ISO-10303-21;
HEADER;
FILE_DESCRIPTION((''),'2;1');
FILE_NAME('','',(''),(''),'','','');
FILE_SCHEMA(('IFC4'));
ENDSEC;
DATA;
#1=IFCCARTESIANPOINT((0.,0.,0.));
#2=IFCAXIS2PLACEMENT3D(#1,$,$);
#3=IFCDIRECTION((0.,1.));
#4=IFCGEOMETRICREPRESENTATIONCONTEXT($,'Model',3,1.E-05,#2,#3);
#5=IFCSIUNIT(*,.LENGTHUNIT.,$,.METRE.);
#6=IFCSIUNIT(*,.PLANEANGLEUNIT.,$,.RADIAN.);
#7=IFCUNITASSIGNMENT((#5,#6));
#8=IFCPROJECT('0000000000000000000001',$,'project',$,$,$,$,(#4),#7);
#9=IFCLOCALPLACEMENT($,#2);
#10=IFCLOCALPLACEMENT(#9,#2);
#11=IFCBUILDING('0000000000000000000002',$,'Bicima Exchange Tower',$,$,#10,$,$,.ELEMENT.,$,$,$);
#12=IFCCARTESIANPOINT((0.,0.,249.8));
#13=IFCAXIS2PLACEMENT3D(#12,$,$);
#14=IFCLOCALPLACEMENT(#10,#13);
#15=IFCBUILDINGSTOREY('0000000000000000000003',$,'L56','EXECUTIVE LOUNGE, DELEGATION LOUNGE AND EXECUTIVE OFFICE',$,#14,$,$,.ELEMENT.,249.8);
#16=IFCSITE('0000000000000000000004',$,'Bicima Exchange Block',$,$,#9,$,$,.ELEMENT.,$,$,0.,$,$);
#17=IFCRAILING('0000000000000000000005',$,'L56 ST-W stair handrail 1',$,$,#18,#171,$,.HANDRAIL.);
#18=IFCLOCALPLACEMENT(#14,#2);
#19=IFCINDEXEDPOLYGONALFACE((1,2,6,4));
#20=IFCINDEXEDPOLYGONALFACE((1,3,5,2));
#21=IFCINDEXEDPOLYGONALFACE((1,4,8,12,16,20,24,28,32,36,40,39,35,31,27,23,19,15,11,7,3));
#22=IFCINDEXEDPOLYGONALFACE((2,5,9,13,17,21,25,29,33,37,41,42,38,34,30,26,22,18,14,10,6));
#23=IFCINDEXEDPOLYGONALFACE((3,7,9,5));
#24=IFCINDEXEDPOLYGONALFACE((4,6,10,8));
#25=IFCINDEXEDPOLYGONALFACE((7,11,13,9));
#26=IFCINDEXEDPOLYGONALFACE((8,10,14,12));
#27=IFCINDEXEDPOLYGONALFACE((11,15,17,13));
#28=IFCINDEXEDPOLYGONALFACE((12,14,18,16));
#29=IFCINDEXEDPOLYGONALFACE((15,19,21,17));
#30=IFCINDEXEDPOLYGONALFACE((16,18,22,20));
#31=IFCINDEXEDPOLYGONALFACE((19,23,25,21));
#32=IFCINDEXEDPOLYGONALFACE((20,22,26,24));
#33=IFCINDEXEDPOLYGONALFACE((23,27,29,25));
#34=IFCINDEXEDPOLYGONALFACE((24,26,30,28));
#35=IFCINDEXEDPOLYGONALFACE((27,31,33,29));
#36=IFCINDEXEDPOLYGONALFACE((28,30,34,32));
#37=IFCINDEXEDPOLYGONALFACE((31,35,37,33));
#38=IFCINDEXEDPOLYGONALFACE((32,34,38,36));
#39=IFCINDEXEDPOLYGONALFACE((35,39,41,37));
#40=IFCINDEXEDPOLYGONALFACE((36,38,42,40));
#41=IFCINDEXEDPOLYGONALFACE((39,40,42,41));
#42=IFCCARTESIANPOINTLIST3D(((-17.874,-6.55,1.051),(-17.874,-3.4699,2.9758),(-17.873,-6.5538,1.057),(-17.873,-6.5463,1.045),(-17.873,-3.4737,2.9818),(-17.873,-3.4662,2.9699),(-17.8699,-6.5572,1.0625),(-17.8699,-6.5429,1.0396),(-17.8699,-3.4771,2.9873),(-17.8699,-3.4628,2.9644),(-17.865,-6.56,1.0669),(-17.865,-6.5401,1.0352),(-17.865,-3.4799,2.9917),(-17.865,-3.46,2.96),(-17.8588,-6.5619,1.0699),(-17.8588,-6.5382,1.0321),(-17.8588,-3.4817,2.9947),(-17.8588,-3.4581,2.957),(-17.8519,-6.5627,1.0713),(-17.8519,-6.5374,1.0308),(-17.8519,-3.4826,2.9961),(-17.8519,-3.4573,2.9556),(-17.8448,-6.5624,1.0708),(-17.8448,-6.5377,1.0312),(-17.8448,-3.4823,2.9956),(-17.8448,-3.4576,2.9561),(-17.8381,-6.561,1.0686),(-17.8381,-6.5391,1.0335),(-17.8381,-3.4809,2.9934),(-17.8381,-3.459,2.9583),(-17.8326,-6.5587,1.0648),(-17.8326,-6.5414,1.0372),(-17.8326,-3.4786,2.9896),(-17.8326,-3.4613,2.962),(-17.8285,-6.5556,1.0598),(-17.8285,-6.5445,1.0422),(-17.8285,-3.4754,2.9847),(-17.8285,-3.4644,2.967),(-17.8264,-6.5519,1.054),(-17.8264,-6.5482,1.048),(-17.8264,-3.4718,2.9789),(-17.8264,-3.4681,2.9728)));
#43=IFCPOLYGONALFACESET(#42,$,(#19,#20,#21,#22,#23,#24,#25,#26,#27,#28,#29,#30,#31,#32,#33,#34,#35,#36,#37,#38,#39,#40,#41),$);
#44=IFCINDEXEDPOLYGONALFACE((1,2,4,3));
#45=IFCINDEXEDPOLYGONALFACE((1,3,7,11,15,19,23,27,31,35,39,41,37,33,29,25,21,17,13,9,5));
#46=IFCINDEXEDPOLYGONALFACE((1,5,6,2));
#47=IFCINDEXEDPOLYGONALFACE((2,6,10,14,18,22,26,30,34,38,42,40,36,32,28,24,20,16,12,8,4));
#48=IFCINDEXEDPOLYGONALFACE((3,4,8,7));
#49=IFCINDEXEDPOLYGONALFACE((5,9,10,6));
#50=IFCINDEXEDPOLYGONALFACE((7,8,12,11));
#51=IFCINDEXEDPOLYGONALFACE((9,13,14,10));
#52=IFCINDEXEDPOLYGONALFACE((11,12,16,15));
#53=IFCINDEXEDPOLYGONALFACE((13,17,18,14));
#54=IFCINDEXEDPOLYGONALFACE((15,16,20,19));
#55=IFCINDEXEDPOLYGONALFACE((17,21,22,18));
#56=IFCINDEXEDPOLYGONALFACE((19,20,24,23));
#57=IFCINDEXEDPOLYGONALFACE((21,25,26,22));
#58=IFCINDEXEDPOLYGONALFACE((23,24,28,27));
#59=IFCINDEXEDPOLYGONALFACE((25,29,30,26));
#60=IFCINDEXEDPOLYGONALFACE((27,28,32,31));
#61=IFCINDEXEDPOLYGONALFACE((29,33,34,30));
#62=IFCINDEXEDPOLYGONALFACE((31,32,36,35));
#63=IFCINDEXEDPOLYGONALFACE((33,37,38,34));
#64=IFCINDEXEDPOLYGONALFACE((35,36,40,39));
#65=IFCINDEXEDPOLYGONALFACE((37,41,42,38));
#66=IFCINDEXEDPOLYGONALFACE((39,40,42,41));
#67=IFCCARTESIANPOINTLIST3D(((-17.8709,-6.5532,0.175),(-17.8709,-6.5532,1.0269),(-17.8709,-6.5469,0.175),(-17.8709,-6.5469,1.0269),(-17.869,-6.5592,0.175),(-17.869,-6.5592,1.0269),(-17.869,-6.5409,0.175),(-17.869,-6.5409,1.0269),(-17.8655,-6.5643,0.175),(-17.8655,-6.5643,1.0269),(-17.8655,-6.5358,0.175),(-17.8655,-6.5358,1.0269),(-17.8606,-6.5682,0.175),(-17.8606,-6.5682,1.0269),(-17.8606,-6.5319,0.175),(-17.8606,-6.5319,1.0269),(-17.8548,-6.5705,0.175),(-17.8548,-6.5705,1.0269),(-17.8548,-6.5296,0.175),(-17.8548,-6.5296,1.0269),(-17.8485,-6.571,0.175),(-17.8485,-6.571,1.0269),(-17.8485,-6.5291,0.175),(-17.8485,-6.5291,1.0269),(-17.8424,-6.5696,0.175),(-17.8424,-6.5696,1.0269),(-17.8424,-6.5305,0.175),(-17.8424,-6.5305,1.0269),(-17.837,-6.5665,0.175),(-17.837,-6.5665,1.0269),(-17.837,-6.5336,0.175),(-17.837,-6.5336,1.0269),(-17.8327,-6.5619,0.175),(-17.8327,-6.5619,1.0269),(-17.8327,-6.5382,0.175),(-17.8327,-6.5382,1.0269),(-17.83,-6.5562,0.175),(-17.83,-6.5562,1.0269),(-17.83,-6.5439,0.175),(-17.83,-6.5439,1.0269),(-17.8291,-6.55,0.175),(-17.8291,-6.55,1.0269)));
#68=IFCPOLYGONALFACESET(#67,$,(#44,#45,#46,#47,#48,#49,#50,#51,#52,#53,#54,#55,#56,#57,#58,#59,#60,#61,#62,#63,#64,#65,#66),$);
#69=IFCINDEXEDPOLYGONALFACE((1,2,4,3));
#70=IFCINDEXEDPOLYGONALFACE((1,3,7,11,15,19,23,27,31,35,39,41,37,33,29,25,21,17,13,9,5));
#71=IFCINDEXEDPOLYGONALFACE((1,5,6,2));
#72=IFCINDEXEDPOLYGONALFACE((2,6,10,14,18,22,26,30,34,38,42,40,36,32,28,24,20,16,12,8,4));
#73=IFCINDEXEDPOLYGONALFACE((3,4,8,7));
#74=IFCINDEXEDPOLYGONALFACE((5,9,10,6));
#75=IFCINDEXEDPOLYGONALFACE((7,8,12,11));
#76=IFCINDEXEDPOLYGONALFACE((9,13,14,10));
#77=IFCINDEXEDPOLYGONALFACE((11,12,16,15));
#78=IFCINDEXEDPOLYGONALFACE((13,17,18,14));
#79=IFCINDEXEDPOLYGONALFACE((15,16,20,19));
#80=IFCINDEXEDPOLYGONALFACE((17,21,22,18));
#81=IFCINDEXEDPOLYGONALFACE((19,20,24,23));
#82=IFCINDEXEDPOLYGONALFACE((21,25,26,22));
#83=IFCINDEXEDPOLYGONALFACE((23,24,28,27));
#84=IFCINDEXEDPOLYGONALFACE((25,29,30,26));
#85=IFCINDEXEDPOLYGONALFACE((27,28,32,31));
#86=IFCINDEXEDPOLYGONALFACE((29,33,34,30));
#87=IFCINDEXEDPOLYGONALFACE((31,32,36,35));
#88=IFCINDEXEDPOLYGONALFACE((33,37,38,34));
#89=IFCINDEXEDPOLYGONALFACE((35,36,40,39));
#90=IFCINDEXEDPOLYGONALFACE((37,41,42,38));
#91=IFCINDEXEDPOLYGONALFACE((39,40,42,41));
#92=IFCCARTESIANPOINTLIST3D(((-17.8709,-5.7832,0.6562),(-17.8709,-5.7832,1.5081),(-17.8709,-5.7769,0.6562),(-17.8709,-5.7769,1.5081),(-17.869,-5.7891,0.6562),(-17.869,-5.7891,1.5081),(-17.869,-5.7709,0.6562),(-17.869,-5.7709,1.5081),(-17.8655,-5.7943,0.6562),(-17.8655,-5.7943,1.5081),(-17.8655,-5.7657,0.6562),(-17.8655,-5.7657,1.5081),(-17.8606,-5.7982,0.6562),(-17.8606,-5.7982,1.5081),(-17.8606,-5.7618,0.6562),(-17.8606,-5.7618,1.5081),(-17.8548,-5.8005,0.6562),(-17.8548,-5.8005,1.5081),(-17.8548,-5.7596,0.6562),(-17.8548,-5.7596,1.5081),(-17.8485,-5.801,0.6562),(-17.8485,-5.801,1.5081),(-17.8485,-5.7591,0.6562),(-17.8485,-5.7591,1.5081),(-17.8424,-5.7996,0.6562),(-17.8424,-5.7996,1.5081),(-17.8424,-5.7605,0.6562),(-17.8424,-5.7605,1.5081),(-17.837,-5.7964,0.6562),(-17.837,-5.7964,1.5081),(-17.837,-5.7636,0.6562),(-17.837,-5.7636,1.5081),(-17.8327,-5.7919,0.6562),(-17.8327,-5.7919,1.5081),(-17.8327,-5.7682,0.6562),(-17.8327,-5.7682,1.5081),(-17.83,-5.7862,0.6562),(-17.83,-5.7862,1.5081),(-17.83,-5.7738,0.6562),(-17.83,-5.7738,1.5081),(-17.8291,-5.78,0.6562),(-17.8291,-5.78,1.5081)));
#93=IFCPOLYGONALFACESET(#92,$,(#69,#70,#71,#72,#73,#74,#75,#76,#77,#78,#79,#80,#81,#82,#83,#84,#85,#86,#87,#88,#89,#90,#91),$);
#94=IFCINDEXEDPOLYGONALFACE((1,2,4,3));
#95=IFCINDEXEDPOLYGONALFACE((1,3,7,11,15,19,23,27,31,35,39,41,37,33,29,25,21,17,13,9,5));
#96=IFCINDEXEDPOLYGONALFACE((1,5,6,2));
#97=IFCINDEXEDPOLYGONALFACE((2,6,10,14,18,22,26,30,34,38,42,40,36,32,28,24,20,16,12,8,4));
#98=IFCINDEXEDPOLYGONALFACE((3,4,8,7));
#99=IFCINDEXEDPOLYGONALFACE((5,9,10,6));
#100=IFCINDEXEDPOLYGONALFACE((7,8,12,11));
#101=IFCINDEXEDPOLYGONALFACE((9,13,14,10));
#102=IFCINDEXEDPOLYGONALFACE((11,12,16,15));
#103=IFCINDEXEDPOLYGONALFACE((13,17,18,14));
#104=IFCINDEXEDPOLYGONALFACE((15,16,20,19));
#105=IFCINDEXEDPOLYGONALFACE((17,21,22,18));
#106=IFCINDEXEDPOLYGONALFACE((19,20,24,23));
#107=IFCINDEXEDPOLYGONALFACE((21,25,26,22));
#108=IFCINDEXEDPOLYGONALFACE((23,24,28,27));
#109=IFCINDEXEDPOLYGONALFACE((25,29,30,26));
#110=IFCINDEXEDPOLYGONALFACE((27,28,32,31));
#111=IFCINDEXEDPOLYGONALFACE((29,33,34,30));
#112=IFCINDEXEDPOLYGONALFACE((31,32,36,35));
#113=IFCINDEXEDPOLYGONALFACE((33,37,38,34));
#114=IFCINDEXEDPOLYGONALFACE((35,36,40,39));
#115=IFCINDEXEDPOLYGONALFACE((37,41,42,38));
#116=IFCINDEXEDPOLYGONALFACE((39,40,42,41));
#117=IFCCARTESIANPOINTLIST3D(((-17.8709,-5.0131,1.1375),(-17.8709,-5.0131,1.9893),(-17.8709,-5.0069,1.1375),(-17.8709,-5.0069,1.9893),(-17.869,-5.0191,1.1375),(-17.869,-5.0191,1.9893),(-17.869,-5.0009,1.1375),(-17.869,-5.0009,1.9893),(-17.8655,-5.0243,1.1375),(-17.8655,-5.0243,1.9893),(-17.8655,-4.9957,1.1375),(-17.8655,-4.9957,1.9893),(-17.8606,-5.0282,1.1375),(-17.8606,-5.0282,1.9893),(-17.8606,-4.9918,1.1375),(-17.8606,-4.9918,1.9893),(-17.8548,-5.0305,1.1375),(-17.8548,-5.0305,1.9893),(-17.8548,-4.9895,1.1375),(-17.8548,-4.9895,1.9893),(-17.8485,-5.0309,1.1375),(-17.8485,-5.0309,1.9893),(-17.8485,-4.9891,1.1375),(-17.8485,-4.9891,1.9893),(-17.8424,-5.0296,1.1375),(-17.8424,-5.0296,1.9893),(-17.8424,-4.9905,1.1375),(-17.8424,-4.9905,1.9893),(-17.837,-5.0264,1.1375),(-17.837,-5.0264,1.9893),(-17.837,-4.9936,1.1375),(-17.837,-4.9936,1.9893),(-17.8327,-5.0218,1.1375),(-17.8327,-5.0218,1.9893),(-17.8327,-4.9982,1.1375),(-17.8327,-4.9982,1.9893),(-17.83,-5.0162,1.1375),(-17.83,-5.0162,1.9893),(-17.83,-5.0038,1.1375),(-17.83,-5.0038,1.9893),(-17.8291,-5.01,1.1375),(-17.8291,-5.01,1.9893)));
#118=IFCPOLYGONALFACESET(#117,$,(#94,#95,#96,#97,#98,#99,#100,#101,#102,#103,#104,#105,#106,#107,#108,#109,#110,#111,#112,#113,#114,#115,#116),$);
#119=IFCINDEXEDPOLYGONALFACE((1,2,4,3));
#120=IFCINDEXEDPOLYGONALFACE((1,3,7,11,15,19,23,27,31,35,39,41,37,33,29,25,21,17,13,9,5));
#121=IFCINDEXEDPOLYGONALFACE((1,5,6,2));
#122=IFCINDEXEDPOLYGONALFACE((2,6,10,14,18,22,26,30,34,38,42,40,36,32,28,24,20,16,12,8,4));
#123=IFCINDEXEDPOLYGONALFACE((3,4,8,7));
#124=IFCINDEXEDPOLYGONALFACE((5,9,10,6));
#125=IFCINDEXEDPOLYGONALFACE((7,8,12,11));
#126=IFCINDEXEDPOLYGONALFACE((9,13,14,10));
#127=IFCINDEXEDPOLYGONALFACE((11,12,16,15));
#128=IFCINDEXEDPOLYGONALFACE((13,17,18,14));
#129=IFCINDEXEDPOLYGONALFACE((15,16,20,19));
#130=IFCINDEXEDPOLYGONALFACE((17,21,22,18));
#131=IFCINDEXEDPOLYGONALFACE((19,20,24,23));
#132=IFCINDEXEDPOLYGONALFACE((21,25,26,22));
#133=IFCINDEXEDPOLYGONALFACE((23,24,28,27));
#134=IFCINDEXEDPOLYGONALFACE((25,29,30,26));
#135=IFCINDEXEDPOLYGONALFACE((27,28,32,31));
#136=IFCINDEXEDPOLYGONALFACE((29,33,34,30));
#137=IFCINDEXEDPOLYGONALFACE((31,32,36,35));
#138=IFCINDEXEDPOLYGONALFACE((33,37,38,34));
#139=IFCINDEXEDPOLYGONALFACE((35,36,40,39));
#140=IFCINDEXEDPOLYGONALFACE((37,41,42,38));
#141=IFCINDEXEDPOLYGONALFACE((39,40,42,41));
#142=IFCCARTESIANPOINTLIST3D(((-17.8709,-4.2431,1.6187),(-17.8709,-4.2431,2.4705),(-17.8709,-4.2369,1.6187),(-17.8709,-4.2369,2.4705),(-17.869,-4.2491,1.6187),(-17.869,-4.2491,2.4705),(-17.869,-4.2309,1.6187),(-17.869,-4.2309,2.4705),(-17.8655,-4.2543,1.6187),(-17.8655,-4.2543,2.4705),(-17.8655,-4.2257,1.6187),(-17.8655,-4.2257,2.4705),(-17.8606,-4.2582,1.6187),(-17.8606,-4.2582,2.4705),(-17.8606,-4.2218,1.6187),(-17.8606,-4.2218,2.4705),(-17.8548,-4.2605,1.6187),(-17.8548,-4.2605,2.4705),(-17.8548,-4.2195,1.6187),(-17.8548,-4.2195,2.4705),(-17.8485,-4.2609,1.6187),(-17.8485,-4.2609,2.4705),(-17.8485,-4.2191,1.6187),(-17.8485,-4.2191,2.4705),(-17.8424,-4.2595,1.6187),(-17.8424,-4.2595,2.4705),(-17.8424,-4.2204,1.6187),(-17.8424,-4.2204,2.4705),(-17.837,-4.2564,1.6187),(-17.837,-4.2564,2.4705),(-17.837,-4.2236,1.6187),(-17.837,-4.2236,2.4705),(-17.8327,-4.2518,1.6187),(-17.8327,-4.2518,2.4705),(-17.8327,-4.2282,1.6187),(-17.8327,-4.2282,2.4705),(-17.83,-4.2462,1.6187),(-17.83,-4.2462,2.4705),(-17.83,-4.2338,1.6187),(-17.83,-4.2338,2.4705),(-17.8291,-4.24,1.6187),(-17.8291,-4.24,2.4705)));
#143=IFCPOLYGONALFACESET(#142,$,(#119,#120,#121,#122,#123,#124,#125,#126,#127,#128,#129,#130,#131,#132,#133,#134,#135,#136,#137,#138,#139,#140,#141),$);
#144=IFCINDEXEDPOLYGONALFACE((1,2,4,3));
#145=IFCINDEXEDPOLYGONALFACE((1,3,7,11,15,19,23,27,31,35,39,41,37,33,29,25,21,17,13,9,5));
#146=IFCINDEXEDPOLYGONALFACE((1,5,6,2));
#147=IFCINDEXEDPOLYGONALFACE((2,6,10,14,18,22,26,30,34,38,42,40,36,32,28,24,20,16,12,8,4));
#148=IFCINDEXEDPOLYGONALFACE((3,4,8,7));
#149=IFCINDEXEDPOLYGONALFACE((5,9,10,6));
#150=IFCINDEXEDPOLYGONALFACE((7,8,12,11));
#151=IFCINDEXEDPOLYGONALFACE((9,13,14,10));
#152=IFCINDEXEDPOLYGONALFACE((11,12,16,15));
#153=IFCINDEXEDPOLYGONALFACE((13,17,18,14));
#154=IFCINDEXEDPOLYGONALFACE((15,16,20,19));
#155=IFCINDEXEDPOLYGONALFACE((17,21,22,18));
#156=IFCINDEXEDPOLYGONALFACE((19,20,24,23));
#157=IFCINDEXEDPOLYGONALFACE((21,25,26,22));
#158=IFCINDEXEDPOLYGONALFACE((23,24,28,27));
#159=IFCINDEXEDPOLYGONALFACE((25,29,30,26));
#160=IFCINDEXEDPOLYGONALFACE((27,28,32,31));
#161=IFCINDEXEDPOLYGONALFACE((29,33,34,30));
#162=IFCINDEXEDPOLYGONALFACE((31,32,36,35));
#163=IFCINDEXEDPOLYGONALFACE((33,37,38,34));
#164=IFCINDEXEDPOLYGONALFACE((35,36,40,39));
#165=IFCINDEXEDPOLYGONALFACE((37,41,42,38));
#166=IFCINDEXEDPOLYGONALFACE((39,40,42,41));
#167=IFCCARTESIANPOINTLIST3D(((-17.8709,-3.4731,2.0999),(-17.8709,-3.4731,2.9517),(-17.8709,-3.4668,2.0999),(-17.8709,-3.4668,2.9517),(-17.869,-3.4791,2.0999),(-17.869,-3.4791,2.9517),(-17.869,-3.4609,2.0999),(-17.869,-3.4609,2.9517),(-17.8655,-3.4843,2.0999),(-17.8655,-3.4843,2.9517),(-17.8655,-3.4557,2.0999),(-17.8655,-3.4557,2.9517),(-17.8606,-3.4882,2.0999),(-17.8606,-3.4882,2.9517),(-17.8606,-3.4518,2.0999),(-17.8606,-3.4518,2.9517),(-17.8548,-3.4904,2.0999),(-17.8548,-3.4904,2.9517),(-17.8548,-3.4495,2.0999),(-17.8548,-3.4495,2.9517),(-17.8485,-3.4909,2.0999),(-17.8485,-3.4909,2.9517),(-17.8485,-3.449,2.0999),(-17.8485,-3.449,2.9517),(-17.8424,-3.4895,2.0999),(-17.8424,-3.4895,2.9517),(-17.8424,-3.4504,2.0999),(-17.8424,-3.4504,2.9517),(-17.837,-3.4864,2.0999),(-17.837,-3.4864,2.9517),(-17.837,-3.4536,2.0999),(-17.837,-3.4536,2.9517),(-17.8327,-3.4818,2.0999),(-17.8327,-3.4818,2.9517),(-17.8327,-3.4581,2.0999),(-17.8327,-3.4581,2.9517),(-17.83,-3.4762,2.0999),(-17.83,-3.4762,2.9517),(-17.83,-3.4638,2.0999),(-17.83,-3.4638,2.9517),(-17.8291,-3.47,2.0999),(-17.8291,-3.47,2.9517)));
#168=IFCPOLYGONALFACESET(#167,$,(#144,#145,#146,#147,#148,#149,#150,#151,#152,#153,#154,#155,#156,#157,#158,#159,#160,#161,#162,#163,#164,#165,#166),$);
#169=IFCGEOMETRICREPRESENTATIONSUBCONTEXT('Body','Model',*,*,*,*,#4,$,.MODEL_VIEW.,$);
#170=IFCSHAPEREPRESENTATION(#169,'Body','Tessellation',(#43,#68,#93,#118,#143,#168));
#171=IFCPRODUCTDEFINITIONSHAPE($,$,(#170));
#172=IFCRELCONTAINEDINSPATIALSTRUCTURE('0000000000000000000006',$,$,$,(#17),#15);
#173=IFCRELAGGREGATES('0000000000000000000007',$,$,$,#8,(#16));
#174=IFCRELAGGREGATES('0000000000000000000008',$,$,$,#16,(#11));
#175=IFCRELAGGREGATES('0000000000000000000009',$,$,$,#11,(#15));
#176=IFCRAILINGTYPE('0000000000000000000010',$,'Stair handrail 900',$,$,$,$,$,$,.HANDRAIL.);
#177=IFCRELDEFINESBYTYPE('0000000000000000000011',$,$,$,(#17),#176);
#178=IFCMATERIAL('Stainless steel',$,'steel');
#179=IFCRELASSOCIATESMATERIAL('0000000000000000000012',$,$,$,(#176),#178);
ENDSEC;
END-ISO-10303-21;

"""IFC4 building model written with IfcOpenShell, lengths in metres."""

from ifc_helpers import new_model, si_unit, direction, frame, origin, origin_2d, place, context, subcontext, project, spatial, circle, extrude, material, type_object, element, save


model = new_model("IFC4")

# Units and contexts
model_context = context("Model", 3, precision=1e-05, world=origin(), true_north=direction((0.0, 1.0)))
body_context = subcontext(model_context, "Body", "Model", "MODEL_VIEW")
ifc_project = project(units=[si_unit("LENGTHUNIT", "METRE"), si_unit("PLANEANGLEUNIT", "RADIAN")], contexts=[model_context])

# Site, building, storey
site_placement = place(None, origin())
site = spatial("IfcSite", under=ifc_project, at=site_placement, Name="Bicima Exchange Block", CompositionType="ELEMENT", RefElevation=0.0)
building_placement = place(site_placement, origin())
building = spatial("IfcBuilding", under=site, at=building_placement, Name="Bicima Exchange Tower", CompositionType="ELEMENT")
storey_placement = place(building_placement, frame((0.0, 0.0, 249.8)))
storey = spatial("IfcBuildingStorey", under=building, at=storey_placement, Name="L56", Description="EXECUTIVE LOUNGE, DELEGATION LOUNGE AND EXECUTIVE OFFICE", CompositionType="ELEMENT", Elevation=249.8)

# Shared definitions
ifc_material_1 = material(Name="Stainless steel", Category="steel")

# Railing
railing_type_1 = type_object("IfcRailingType", Name="Stair handrail 900", PredefinedType="HANDRAIL", material=ifc_material_1)
railing_1_placement = place(storey_placement, frame((-17.8501, -6.55, 0.175)))
element("IfcRailing", 1, at=railing_1_placement, inside=storey, type_object=railing_type_1, Name="L56 ST-W stair handrail 1", PredefinedType="HANDRAIL", context=body_context, shape_type="SweptSolid", body=[
    extrude(circle(Radius=0.0239, at=origin_2d()), frame((0.0, 0.0, 0.876), z_axis=(0.0, 0.848029, 0.529951), x_axis=(-1.0, 0.0, 0.0)), (0.0, 0.0, 1.0), 3.6321),
    extrude(circle(Radius=0.021, at=origin_2d()), origin(), (0.0, 0.0, 1.0), 0.8518),
    extrude(circle(Radius=0.021, at=origin_2d()), frame((0.0, 0.77, 0.4812)), (0.0, 0.0, 1.0), 0.8518),
    extrude(circle(Radius=0.021, at=origin_2d()), frame((0.0, 1.54, 0.9624)), (0.0, 0.0, 1.0), 0.8518),
    extrude(circle(Radius=0.021, at=origin_2d()), frame((0.0, 2.3101, 1.4436)), (0.0, 0.0, 1.0), 0.8518),
    extrude(circle(Radius=0.021, at=origin_2d()), frame((0.0, 3.0801, 1.9248)), (0.0, 0.0, 1.0), 0.8518),
])

save(model, "model.ifc")
